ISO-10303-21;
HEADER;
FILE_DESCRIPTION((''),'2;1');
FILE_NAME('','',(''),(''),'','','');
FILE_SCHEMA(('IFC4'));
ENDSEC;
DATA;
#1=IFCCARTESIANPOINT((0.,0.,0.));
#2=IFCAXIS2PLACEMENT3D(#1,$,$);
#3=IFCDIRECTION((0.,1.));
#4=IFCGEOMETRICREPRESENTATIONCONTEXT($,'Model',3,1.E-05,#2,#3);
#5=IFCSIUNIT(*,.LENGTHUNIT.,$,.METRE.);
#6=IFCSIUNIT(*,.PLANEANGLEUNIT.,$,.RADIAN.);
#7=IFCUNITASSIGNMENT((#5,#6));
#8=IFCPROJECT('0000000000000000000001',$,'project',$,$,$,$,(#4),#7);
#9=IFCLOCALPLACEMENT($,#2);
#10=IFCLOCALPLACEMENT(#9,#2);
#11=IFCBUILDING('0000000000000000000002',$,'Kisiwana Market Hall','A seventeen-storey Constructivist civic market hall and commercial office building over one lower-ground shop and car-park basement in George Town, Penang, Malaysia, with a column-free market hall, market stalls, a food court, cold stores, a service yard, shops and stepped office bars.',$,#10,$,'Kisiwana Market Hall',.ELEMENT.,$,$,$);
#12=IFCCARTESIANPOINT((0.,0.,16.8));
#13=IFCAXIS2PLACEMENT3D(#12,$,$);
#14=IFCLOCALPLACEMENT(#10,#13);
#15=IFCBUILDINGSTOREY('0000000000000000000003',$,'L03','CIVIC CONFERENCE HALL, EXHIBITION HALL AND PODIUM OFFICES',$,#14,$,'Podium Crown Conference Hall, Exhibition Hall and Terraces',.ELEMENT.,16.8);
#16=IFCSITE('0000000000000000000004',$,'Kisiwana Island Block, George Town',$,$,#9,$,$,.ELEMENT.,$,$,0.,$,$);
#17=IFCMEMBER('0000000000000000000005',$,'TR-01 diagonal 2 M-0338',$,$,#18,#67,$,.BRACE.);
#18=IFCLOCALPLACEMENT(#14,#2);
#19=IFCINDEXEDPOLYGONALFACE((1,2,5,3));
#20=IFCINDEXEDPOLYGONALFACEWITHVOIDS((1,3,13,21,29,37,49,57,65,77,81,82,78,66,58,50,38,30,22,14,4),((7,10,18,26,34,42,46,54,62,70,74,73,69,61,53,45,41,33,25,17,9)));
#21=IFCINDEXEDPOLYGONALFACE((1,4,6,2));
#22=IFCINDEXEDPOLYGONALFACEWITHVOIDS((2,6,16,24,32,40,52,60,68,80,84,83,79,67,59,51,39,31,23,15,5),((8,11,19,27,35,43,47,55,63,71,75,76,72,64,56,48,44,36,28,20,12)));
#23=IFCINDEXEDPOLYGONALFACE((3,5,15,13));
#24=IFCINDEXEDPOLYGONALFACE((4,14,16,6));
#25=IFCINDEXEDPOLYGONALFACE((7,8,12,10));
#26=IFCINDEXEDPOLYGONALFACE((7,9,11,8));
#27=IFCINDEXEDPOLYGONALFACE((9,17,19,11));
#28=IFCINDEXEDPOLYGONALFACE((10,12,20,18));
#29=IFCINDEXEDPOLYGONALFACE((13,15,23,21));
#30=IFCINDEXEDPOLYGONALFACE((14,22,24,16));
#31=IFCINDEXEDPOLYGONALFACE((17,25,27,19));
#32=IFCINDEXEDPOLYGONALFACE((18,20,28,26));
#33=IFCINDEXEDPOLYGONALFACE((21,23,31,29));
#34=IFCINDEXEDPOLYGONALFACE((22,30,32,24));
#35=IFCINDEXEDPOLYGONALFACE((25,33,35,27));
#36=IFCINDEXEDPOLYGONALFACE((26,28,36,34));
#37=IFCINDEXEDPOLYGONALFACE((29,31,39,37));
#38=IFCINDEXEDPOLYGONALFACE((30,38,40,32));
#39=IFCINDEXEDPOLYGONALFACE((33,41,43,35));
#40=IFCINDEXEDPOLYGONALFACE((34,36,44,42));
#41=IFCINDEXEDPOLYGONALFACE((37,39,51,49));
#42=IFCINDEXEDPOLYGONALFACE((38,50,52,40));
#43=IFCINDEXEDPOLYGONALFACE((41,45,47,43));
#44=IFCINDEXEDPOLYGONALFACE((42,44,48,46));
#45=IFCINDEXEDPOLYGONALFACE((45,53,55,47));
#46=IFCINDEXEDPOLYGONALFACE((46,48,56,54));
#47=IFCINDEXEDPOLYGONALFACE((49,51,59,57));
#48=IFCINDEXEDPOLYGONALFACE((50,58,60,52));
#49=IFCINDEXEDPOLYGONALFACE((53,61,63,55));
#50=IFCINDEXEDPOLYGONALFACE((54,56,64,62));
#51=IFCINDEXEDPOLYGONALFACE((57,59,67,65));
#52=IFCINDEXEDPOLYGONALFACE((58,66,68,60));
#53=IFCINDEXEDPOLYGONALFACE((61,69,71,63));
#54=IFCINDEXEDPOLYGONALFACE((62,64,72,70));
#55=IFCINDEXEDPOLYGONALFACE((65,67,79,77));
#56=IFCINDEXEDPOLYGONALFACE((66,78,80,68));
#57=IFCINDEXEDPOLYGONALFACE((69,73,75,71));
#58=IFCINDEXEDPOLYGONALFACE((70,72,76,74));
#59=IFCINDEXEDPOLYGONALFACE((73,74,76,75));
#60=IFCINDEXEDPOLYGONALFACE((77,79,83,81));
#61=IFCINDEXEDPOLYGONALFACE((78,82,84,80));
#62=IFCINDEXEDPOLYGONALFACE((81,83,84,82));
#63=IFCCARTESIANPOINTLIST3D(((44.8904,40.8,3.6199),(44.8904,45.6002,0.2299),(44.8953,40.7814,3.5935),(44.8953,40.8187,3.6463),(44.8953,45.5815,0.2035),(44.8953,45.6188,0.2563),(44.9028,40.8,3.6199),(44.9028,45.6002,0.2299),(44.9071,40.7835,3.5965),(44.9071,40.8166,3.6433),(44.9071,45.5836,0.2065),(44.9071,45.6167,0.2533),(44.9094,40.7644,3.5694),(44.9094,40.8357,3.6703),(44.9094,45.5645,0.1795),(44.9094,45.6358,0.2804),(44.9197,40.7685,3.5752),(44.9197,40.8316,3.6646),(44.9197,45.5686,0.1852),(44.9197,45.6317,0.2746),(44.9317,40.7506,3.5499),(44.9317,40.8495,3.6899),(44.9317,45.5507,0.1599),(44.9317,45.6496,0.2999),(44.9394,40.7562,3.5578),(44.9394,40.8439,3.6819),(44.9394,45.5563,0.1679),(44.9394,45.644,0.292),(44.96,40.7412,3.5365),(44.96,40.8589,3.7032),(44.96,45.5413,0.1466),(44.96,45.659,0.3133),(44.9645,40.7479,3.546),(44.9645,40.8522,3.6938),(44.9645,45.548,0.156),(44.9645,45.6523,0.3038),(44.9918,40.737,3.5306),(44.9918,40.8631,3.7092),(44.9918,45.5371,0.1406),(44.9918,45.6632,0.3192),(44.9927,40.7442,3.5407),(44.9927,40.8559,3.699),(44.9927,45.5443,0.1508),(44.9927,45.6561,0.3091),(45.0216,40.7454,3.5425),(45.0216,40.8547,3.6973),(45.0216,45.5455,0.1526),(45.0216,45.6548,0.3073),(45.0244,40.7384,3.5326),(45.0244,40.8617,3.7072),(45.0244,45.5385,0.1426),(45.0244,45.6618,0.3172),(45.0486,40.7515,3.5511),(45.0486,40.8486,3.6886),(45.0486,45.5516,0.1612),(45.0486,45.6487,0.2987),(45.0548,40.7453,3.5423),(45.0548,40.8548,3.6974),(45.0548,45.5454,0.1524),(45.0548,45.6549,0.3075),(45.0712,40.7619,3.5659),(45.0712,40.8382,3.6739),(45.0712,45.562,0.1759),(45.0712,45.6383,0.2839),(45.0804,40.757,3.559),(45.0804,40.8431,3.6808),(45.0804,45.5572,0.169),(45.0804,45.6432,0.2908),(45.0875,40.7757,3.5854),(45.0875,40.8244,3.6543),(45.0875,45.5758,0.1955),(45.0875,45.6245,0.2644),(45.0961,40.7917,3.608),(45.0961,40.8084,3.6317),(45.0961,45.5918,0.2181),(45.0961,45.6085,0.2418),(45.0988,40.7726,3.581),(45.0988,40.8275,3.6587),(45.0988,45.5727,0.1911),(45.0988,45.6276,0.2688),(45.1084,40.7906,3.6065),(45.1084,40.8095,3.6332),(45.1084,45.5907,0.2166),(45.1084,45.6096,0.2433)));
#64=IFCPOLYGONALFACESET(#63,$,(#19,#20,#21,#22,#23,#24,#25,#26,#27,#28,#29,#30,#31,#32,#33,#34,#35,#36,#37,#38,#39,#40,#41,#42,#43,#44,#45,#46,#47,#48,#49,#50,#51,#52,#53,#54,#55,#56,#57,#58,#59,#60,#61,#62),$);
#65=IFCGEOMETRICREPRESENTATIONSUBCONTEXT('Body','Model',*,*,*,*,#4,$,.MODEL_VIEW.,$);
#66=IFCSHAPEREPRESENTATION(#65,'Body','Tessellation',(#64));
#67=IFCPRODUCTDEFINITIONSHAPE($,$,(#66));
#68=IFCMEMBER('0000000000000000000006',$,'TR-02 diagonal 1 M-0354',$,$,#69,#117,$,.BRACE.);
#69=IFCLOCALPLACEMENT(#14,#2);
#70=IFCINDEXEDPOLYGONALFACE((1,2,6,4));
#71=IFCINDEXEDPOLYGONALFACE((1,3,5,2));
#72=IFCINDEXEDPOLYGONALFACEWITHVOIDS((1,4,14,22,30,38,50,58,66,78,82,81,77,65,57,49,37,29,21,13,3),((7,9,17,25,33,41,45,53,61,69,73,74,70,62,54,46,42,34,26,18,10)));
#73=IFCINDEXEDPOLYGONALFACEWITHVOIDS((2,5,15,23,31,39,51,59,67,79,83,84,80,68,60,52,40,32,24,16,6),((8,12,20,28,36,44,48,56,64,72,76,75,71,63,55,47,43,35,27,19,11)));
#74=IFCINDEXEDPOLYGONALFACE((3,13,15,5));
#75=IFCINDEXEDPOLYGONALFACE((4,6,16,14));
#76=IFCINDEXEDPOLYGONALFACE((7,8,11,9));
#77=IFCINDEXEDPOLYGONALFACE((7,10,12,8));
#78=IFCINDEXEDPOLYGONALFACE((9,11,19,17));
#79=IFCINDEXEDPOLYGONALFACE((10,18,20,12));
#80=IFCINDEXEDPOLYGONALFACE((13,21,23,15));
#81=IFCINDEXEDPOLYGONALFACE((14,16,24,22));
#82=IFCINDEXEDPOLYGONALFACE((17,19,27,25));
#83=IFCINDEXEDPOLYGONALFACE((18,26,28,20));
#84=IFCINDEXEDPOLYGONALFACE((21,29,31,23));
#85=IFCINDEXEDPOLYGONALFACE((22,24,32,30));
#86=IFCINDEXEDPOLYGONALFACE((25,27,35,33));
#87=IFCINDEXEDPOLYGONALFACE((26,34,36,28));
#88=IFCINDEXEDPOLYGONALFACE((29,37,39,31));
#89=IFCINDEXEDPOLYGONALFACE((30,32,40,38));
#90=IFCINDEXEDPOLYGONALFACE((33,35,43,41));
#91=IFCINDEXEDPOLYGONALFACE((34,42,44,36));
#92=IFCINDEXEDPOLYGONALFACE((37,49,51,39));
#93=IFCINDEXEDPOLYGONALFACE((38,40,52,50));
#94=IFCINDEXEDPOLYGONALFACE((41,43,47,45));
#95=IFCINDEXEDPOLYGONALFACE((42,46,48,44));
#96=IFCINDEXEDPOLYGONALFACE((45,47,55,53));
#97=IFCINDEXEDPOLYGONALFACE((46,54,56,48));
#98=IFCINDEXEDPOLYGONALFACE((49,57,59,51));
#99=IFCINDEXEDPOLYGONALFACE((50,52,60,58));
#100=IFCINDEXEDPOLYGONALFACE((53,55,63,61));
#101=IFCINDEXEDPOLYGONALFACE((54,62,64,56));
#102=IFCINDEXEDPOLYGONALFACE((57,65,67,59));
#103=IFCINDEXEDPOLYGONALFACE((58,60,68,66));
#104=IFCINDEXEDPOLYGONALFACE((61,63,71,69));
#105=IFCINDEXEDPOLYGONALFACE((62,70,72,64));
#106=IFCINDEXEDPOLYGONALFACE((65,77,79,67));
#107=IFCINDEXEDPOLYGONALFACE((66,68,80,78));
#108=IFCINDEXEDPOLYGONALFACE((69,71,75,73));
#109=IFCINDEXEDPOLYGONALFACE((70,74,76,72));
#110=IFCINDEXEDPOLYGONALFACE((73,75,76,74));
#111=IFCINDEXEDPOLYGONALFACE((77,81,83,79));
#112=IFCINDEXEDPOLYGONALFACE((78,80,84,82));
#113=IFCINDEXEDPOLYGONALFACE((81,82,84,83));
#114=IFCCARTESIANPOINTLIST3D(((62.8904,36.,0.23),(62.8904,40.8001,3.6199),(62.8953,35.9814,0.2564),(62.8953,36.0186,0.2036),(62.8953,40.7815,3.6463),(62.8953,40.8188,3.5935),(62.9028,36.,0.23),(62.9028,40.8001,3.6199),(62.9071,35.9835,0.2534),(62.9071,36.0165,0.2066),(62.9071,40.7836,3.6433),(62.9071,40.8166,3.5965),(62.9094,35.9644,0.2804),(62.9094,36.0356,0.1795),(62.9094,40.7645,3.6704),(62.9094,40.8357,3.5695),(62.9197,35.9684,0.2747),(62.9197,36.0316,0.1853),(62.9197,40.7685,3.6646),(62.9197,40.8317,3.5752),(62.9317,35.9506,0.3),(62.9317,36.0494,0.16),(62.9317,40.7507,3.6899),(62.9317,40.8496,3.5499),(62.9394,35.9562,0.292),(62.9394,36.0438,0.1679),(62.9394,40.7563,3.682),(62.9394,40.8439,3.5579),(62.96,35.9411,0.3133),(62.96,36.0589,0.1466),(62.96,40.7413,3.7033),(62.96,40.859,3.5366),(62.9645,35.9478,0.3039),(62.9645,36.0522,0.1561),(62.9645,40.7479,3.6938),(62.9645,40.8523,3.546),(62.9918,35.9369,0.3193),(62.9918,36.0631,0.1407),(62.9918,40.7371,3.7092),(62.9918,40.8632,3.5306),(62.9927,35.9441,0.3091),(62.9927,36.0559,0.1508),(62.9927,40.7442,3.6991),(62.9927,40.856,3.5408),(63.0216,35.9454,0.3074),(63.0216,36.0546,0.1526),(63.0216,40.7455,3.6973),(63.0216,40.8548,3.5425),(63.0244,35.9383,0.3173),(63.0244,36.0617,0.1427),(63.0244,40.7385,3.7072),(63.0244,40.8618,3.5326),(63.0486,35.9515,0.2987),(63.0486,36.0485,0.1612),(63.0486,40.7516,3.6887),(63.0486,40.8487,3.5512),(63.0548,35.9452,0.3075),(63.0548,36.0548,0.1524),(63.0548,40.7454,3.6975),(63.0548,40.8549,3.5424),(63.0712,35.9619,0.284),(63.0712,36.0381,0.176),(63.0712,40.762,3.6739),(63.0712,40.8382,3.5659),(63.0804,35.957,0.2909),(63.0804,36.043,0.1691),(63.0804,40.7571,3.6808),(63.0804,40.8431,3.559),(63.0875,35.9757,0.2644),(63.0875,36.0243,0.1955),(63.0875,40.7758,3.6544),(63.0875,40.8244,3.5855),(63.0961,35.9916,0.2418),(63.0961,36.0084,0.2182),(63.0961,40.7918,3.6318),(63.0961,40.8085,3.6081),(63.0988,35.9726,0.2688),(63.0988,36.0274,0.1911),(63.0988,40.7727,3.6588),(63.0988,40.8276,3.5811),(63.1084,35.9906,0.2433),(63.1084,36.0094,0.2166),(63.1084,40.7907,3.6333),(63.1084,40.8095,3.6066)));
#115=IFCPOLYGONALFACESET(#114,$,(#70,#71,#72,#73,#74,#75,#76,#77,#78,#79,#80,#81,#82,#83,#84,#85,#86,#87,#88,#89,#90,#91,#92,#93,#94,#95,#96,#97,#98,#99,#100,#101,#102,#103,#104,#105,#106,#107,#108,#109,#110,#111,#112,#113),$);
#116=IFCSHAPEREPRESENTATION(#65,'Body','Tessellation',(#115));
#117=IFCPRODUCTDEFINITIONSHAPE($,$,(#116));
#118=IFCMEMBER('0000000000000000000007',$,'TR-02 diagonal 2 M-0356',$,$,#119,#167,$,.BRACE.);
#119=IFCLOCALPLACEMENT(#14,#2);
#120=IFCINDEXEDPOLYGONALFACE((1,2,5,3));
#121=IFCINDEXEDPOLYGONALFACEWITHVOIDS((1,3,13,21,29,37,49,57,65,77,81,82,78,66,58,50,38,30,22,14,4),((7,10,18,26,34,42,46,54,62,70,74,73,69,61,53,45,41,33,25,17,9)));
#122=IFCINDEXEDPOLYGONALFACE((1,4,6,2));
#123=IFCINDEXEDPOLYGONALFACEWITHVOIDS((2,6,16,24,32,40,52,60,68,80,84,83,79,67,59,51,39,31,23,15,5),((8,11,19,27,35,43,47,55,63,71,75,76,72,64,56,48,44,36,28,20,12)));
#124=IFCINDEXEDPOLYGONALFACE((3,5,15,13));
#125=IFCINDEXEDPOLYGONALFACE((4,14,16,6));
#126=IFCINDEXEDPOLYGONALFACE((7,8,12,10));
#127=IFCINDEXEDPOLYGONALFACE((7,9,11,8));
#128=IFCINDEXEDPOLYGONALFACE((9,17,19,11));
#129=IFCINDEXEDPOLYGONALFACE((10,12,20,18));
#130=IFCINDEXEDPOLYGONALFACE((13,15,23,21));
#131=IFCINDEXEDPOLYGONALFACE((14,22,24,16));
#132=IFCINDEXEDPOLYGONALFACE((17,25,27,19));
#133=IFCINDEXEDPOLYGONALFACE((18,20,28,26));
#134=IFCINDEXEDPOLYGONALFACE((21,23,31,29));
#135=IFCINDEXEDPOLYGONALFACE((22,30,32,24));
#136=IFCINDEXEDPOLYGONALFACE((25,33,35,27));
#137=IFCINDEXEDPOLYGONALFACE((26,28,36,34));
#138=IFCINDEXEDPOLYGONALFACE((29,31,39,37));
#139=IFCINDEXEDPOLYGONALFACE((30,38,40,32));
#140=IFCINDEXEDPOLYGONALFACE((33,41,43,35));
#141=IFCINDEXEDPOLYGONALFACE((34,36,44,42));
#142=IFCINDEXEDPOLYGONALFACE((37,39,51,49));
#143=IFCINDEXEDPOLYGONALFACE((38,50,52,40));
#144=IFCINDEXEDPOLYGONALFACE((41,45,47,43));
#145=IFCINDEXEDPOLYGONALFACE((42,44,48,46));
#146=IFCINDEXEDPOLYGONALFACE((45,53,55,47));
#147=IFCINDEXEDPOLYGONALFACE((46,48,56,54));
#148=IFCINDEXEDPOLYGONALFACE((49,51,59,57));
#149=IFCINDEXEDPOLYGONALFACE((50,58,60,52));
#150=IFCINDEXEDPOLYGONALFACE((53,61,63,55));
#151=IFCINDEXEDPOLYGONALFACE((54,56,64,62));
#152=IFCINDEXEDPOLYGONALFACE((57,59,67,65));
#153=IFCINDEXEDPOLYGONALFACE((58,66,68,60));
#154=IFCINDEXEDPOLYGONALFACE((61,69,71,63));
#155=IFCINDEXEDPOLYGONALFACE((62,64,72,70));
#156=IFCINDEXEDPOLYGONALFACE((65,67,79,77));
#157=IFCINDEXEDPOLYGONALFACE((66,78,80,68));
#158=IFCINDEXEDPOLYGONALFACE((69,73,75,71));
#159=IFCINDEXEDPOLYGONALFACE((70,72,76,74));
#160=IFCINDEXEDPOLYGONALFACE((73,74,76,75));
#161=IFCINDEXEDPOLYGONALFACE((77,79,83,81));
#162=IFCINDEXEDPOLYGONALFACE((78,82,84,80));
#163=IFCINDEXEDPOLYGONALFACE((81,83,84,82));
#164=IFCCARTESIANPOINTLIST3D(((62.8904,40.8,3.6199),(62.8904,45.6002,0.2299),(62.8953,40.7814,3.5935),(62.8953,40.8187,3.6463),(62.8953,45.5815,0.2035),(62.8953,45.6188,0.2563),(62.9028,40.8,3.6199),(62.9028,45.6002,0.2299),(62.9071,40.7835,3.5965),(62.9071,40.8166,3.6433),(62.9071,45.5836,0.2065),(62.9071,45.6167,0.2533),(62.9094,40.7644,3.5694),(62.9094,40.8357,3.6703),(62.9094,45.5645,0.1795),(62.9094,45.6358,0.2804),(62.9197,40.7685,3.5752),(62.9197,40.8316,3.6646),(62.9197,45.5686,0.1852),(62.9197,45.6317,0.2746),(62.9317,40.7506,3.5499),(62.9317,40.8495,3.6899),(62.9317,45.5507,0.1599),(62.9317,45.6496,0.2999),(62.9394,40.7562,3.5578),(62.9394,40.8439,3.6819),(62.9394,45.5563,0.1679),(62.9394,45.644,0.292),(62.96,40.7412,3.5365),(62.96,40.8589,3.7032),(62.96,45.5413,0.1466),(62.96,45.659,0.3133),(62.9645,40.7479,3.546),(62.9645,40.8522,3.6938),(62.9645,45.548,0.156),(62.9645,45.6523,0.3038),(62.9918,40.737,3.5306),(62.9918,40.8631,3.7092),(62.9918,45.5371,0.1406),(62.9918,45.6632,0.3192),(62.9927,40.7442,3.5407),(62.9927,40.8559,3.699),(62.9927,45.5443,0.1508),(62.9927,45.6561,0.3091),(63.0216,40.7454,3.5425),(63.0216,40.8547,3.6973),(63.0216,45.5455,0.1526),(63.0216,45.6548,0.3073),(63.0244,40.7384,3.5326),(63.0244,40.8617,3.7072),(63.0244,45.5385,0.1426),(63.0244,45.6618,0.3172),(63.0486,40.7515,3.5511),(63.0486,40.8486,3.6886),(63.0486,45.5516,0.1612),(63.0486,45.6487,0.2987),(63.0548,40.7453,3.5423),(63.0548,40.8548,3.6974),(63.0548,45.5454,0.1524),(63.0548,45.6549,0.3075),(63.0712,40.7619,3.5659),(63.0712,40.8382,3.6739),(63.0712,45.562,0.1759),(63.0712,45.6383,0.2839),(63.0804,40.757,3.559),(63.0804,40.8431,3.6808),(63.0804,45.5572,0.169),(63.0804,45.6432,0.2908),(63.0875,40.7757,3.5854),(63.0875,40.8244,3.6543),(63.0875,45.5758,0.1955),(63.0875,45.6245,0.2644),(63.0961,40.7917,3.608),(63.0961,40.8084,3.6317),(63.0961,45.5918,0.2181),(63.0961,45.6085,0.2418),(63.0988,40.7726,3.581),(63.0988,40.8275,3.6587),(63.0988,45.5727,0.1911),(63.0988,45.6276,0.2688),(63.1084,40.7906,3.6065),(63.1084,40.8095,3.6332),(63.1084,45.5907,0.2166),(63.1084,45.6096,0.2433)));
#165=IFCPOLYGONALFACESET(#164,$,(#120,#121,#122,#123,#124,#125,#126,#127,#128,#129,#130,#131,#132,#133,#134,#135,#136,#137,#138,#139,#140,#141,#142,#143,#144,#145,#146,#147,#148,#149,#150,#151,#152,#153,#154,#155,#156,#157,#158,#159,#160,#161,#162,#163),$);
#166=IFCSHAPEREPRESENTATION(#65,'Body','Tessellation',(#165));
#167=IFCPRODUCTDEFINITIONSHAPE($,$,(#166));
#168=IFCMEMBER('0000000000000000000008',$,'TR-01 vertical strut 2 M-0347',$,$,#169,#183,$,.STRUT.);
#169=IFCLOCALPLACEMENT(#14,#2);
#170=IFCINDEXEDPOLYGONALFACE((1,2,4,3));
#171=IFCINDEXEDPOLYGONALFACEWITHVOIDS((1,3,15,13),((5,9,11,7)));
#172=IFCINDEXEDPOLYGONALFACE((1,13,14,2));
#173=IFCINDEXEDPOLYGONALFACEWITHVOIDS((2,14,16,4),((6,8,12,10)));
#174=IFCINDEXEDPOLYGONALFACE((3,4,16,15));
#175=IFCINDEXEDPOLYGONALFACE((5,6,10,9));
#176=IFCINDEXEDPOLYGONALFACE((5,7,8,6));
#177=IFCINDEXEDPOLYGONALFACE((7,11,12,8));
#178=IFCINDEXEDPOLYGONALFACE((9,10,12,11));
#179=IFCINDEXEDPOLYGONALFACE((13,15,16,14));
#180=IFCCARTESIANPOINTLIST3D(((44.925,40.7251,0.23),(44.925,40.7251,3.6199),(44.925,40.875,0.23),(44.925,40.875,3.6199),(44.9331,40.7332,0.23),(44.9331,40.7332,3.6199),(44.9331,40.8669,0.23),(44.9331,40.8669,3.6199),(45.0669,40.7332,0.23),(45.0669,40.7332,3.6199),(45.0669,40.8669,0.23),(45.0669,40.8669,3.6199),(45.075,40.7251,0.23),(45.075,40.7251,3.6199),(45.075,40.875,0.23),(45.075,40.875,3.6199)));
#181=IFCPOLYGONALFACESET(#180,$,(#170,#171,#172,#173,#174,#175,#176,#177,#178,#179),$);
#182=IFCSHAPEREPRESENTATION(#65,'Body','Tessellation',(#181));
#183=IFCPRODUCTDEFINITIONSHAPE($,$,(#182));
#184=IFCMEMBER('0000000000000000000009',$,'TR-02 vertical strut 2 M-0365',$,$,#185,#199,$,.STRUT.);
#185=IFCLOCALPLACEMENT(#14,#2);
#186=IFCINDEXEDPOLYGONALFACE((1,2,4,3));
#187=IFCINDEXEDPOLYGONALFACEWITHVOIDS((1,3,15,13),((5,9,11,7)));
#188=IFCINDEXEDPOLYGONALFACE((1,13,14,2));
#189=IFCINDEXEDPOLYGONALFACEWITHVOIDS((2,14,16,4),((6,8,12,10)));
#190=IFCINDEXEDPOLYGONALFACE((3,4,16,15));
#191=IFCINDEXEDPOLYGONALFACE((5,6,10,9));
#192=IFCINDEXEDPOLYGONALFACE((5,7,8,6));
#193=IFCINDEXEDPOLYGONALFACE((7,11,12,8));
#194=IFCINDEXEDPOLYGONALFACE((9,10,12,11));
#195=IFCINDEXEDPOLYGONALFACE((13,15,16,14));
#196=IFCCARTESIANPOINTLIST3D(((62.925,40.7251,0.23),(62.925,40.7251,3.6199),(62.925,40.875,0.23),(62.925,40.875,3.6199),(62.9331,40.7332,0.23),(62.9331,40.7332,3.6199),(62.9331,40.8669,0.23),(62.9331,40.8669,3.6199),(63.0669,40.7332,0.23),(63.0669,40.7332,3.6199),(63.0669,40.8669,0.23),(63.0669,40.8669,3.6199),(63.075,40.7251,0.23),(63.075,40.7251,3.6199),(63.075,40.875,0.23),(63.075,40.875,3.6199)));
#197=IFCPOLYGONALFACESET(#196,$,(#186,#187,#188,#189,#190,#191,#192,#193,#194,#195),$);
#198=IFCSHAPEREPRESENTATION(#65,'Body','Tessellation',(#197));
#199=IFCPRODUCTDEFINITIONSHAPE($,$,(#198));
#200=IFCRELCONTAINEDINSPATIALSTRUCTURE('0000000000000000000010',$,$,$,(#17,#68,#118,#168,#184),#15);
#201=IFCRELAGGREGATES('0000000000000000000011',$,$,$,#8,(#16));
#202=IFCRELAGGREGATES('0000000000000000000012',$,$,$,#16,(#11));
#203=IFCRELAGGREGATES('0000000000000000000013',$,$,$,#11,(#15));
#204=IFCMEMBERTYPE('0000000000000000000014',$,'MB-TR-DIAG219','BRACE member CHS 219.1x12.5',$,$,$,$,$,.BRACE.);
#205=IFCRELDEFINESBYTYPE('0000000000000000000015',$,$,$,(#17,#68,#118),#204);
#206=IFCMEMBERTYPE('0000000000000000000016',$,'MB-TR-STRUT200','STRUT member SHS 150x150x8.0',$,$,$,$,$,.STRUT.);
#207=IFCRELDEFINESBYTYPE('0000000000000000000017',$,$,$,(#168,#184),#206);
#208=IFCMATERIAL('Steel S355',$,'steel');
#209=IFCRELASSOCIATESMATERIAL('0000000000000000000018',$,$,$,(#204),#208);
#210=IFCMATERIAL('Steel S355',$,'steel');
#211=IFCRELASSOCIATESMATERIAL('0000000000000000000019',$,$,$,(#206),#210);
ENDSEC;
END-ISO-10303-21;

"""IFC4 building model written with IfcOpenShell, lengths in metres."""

from ifc_helpers import new_model, si_unit, direction, frame, origin, origin_2d, place, context, subcontext, project, spatial, hollow_rectangle, hollow_circle, extrude, material, material_profile, profile_set, type_object, element, save


model = new_model("IFC4")

# Units and contexts
model_context = context("Model", 3, precision=1e-05, world=origin(), true_north=direction((0.0, 1.0)))
body_context = subcontext(model_context, "Body", "Model", "MODEL_VIEW")
ifc_project = project(units=[si_unit("LENGTHUNIT", "METRE"), si_unit("PLANEANGLEUNIT", "RADIAN")], contexts=[model_context])

# Site, building, storey
site_placement = place(None, origin())
site = spatial("IfcSite", under=ifc_project, at=site_placement, Name="Kisiwana Island Block, George Town", CompositionType="ELEMENT", RefElevation=0.0)
building_placement = place(site_placement, origin())
building = spatial("IfcBuilding", under=site, at=building_placement, Name="Kisiwana Market Hall", Description="A seventeen-storey Constructivist civic market hall and commercial office building over one lower-ground shop and car-park basement in George Town, Penang, Malaysia, with a column-free market hall, market stalls, a food court, cold stores, a service yard, shops and stepped office bars.", LongName="Kisiwana Market Hall", CompositionType="ELEMENT")
storey_placement = place(building_placement, frame((0.0, 0.0, 16.8)))
storey = spatial("IfcBuildingStorey", under=building, at=storey_placement, Name="L03", Description="CIVIC CONFERENCE HALL, EXHIBITION HALL AND PODIUM OFFICES", LongName="Podium Crown Conference Hall, Exhibition Hall and Terraces", CompositionType="ELEMENT", Elevation=16.8)

# Members
ifc_material_1 = material(Name="Steel S355", Category="steel")
ifc_material_profile_1 = material_profile(ifc_material_1, hollow_circle(Radius=0.1096, WallThickness=0.0125, at=origin_2d()), Name="CHS 219.1x12.5")
ifc_profile_set_1 = profile_set([ifc_material_profile_1], Name="Steel S355")
member_type_1 = type_object("IfcMemberType", Name="MB-TR-DIAG219", Description="BRACE member CHS 219.1x12.5", PredefinedType="BRACE", material=ifc_profile_set_1)
for number, where, z_axis, x_axis, name in (
    (1, (45.0, 40.8, 3.6199), (0.0, 0.816838, -0.576868), (-1.0, 0.0, 0.0), "TR-01 diagonal 2 M-0338"),
    (2, (63.0, 36.0, 0.23), (0.0, 0.816838, 0.576868), (-1.0, 0.0, 0.0), "TR-02 diagonal 1 M-0354"),
    (3, (63.0, 40.8, 3.6199), (0.0, 0.816838, -0.576868), (-1.0, 0.0, 0.0), "TR-02 diagonal 2 M-0356"),
):
    element("IfcMember", number, at=place(storey_placement, frame(where, z_axis=z_axis, x_axis=x_axis)), inside=storey, type_object=member_type_1, Name=name, PredefinedType="BRACE", context=body_context, shape_type="SweptSolid", body=[
        extrude(hollow_circle(Radius=0.1096, WallThickness=0.0125, at=origin_2d()), origin(), (0.0, 0.0, 1.0), 5.8765),
    ])
ifc_material_2 = material(Name="Steel S355", Category="steel")
ifc_material_profile_2 = material_profile(ifc_material_2, hollow_rectangle(XDim=0.1499, YDim=0.1499, WallThickness=0.0081, at=origin_2d()), Name="SHS 150x150x8.0")
ifc_profile_set_2 = profile_set([ifc_material_profile_2], Name="Steel S355")
member_type_2 = type_object("IfcMemberType", Name="MB-TR-STRUT200", Description="STRUT member SHS 150x150x8.0", PredefinedType="STRUT", material=ifc_profile_set_2)
for number, where, z_axis, x_axis, name in (
    (4, (45.0, 40.8, 0.23), (0.0, 0.0, 1.0), (1.0, 0.0, 0.0), "TR-01 vertical strut 2 M-0347"),
    (5, (63.0, 40.8, 0.23), (0.0, 0.0, 1.0), (1.0, 0.0, 0.0), "TR-02 vertical strut 2 M-0365"),
):
    element("IfcMember", number, at=place(storey_placement, frame(where, z_axis=z_axis, x_axis=x_axis)), inside=storey, type_object=member_type_2, Name=name, PredefinedType="STRUT", context=body_context, shape_type="SweptSolid", body=[
        extrude(hollow_rectangle(XDim=0.1499, YDim=0.1499, WallThickness=0.0081, at=origin_2d()), origin(), (0.0, 0.0, 1.0), 3.3899),
    ])

save(model, "model.ifc")
